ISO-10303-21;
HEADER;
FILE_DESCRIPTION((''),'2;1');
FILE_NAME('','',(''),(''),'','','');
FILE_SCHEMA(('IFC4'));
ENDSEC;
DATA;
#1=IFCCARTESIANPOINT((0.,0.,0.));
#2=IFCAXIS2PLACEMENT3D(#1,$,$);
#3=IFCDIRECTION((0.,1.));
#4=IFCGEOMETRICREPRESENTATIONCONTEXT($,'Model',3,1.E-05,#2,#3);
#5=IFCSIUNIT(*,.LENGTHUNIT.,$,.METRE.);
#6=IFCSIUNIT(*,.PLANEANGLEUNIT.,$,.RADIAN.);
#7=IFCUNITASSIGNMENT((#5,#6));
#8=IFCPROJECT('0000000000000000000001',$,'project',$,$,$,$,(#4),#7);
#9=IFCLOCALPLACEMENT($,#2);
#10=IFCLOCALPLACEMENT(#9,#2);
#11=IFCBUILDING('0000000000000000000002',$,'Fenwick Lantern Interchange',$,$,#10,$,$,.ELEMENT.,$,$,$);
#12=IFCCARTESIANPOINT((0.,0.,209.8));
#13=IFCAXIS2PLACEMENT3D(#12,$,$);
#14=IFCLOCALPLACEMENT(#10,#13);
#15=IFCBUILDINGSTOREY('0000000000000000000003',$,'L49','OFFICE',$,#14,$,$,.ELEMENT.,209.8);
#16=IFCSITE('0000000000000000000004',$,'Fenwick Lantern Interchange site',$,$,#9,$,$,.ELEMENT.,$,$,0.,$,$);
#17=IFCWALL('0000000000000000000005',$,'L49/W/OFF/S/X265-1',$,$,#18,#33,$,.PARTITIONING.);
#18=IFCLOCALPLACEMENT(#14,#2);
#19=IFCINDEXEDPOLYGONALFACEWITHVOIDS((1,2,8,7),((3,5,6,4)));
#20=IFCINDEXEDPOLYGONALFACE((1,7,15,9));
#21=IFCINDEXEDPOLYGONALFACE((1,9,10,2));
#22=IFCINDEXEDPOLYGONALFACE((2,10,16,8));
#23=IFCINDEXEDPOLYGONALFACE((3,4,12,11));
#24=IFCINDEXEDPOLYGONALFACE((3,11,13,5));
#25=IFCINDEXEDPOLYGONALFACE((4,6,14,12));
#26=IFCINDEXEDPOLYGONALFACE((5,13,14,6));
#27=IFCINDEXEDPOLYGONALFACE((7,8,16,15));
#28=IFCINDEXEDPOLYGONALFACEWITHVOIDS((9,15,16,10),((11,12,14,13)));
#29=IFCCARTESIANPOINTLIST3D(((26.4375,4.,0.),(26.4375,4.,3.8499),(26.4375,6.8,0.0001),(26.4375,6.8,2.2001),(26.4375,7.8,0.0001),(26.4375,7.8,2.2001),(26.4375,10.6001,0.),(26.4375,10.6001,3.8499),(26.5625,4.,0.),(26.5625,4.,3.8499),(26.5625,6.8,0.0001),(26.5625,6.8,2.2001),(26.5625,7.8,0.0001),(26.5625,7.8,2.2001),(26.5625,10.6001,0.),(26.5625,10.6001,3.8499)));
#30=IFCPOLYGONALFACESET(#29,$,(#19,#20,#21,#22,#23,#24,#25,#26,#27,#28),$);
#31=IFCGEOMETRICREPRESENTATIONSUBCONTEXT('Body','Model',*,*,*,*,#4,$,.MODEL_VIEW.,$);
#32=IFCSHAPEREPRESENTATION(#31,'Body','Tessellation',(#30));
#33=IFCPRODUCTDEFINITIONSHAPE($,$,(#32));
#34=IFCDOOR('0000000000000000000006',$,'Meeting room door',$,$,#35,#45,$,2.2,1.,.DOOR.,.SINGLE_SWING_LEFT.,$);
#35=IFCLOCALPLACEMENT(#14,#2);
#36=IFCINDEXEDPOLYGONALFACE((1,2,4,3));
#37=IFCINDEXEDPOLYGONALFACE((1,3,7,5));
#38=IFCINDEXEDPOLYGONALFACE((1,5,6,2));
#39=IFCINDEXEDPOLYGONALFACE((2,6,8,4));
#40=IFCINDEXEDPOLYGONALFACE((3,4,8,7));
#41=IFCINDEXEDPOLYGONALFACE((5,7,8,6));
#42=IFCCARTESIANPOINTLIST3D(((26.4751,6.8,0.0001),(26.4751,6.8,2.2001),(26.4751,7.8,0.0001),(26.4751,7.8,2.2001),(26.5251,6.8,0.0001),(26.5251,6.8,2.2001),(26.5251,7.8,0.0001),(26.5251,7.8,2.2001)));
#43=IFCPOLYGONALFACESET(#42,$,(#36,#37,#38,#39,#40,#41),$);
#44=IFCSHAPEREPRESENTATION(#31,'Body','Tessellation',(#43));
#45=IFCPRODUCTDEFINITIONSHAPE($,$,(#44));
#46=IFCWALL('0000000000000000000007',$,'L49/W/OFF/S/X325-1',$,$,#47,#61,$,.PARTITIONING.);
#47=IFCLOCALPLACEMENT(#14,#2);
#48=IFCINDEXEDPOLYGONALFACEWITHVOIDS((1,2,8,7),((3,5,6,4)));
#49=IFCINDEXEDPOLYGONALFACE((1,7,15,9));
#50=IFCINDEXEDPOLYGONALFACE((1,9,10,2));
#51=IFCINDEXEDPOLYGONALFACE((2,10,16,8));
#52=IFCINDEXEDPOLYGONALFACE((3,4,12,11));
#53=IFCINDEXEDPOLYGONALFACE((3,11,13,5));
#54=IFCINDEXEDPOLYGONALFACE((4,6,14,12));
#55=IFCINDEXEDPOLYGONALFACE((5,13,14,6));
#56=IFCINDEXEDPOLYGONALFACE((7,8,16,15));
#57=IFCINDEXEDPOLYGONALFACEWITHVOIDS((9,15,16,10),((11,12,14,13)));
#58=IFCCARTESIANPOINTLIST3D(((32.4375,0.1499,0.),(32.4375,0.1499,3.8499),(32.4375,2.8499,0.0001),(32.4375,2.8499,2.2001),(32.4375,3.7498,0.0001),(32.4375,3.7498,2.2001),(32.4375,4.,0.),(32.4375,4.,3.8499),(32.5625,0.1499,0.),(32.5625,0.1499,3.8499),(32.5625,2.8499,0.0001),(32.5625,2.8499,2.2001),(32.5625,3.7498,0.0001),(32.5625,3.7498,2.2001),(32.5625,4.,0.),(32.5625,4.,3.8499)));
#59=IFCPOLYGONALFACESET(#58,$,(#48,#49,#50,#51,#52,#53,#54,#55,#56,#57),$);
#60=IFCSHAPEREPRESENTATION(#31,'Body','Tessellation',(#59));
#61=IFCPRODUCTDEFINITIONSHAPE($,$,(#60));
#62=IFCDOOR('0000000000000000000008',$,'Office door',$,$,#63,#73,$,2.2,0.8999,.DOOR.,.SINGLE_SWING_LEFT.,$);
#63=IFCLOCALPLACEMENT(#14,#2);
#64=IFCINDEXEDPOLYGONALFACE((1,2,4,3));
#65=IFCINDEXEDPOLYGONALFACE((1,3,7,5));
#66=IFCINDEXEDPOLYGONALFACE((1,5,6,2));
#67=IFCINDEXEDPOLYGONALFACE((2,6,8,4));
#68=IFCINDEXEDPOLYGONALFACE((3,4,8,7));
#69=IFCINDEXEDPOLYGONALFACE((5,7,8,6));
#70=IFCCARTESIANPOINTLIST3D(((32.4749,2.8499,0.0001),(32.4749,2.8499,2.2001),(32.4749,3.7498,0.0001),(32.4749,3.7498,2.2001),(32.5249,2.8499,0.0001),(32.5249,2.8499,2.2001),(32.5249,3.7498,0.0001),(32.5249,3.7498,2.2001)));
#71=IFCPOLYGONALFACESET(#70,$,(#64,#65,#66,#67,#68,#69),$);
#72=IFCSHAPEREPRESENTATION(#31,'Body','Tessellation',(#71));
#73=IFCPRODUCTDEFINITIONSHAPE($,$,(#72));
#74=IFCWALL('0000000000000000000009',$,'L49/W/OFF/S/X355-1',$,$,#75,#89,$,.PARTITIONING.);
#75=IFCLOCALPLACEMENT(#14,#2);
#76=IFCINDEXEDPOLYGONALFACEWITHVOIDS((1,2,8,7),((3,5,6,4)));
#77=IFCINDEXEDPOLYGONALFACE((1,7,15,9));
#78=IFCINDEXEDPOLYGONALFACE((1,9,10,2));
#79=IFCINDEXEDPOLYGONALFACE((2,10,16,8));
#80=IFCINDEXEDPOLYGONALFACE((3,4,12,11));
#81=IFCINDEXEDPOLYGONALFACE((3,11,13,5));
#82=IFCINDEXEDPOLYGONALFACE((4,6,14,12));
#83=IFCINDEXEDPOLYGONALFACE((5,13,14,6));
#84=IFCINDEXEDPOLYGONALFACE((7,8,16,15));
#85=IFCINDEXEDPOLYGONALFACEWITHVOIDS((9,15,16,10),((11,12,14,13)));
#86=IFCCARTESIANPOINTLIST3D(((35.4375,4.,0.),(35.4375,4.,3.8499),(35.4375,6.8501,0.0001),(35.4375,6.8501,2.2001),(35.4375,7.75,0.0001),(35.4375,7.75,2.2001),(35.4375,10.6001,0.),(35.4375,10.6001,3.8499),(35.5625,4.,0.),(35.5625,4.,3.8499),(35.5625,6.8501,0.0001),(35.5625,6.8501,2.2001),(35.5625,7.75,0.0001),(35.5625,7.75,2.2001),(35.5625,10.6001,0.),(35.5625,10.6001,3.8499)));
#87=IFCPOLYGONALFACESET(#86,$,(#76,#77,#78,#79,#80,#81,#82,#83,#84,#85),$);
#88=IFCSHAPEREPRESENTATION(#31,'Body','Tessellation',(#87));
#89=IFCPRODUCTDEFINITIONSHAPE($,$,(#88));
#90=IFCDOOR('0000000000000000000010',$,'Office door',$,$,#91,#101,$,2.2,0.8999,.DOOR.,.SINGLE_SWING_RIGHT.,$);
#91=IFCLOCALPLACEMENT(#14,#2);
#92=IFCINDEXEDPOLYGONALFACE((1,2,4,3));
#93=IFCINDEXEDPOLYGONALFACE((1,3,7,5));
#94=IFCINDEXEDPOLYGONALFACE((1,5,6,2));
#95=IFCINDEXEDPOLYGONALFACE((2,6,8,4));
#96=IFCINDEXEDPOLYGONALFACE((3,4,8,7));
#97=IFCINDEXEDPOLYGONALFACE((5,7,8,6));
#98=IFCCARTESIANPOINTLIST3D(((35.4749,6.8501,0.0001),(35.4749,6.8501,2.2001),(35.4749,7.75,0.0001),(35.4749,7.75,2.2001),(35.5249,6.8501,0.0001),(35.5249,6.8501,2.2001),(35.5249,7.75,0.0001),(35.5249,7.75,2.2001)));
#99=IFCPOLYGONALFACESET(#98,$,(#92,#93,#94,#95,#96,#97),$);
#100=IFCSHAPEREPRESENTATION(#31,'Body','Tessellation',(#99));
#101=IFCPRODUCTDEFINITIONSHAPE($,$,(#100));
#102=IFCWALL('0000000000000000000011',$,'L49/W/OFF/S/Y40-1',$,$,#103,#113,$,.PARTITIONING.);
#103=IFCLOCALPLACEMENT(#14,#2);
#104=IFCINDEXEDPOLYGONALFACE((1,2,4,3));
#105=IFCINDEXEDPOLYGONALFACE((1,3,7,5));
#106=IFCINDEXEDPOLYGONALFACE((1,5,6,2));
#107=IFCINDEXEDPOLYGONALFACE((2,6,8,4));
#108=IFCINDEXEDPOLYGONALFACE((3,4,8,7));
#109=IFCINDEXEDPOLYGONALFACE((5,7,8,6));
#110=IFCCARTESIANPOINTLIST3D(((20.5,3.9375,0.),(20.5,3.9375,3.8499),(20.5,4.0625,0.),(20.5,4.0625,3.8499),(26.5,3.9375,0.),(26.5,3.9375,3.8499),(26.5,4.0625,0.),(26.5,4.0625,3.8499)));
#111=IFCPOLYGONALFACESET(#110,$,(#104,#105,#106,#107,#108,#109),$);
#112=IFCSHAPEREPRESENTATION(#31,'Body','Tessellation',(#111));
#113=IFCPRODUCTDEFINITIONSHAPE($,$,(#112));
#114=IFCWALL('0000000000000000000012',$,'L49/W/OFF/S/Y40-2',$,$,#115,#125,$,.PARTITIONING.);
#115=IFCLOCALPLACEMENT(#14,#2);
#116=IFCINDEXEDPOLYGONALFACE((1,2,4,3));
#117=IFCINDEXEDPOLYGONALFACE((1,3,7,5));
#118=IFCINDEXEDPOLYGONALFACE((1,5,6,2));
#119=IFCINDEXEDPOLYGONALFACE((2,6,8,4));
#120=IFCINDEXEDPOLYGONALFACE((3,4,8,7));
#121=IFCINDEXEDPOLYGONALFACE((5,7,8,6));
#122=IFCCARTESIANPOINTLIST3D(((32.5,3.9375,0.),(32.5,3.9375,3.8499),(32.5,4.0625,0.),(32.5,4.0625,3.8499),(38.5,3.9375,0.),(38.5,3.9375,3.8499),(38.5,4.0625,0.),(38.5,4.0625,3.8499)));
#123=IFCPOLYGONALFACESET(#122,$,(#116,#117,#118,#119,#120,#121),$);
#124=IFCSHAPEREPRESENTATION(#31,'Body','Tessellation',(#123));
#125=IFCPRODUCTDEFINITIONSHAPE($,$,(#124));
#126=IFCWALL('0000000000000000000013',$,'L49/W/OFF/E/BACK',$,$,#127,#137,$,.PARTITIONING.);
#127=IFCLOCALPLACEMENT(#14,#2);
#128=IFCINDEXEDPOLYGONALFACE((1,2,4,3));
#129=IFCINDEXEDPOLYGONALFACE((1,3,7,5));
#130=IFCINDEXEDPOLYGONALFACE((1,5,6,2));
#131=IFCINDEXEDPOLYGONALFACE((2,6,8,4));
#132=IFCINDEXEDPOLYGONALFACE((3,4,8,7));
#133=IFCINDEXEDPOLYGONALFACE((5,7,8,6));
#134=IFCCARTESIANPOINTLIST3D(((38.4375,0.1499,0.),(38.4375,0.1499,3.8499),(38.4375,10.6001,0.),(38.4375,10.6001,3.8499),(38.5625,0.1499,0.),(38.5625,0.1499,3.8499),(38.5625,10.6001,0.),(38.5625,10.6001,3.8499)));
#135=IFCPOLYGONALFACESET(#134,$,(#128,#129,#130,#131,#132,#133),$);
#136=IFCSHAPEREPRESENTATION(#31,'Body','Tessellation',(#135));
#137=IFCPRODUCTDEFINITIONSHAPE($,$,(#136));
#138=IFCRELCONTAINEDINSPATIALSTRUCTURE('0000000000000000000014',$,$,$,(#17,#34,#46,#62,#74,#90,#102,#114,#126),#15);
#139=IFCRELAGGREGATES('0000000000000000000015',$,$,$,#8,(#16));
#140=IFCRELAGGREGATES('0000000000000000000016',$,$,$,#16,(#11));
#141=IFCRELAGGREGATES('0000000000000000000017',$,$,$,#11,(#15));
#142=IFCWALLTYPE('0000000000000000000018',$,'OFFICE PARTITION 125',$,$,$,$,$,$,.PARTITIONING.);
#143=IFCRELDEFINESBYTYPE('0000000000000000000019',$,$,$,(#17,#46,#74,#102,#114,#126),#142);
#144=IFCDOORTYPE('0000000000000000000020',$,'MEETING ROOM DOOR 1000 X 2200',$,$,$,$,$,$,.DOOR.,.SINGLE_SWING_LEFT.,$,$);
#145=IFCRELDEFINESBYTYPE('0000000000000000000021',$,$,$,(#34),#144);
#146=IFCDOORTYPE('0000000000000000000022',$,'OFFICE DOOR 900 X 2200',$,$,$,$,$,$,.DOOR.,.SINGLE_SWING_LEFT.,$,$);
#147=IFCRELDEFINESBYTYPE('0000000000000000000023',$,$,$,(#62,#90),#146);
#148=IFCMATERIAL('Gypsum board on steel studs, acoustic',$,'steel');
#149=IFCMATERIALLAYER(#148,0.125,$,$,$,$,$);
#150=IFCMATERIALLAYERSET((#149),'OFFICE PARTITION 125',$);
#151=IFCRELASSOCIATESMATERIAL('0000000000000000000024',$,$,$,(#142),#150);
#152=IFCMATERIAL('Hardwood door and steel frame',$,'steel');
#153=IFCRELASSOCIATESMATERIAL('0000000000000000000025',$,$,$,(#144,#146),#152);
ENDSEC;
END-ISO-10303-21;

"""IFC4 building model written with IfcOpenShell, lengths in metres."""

from ifc_helpers import new_model, si_unit, direction, frame, frame_2d, origin, place, context, subcontext, project, spatial, rectangle, extrude, material, layer, layer_set, type_object, element, fill, save


model = new_model("IFC4")

# Units and contexts
model_context = context("Model", 3, precision=1e-05, world=origin(), true_north=direction((0.0, 1.0)))
body_context = subcontext(model_context, "Body", "Model", "MODEL_VIEW")
ifc_project = project(units=[si_unit("LENGTHUNIT", "METRE"), si_unit("PLANEANGLEUNIT", "RADIAN")], contexts=[model_context])

# Site, building, storey
site_placement = place(None, origin())
site = spatial("IfcSite", under=ifc_project, at=site_placement, Name="Fenwick Lantern Interchange site", CompositionType="ELEMENT", RefElevation=0.0)
building_placement = place(site_placement, origin())
building = spatial("IfcBuilding", under=site, at=building_placement, Name="Fenwick Lantern Interchange", CompositionType="ELEMENT")
storey_placement = place(building_placement, frame((0.0, 0.0, 209.8)))
storey = spatial("IfcBuildingStorey", under=building, at=storey_placement, Name="L49", Description="OFFICE", CompositionType="ELEMENT", Elevation=209.8)

# Shared definitions
ifc_material_1 = material(Name="Gypsum board on steel studs, acoustic", Category="steel")
ifc_layer_1 = layer(ifc_material_1, 0.125)
ifc_layer_set_1 = layer_set([ifc_layer_1], Name="OFFICE PARTITION 125")
wall_type_1 = type_object("IfcWallType", Name="OFFICE PARTITION 125", PredefinedType="PARTITIONING", material=ifc_layer_set_1)

# Walls, openings, doors
wall_1_placement = place(storey_placement, frame((26.5, 4.0, 0.0), z_axis=(0.0, 0.0, 1.0), x_axis=(0.0, 1.0, 0.0)))
wall_1 = element("IfcWall", 1, at=wall_1_placement, inside=storey, type_object=wall_type_1, Name="L49/W/OFF/S/X265-1", PredefinedType="PARTITIONING", context=body_context, shape_type="SweptSolid", body=[
    extrude(rectangle(XDim=6.6001, YDim=0.125, at=frame_2d((3.3, 0.0))), origin(), (0.0, 0.0, 1.0), 3.8499),
])
opening_1_placement = place(wall_1_placement, frame((2.8, 0.0, 0.0)))
opening_1 = element("IfcOpeningElement", 2, at=opening_1_placement, cuts=wall_1, PredefinedType="OPENING", context=body_context, shape_type="SweptSolid", body=[
    extrude(rectangle(XDim=1.0, YDim=2.2, at=frame_2d((0.5, 1.1001))), frame((0.0, 0.0725, 0.0), z_axis=(0.0, -1.0, 0.0), x_axis=(1.0, 0.0, 0.0)), (0.0, 0.0, 1.0), 0.145),
])
ifc_material_2 = material(Name="Hardwood door and steel frame", Category="steel")
door_type_1 = type_object("IfcDoorType", Name="MEETING ROOM DOOR 1000 X 2200", OperationType="SINGLE_SWING_LEFT", PredefinedType="DOOR", material=ifc_material_2)
door_1_placement = place(opening_1_placement, origin())
door_1 = element("IfcDoor", 3, at=door_1_placement, inside=storey, type_object=door_type_1, Name="Meeting room door", OperationType="SINGLE_SWING_LEFT", OverallHeight=2.2, OverallWidth=1.0, PredefinedType="DOOR", context=body_context, shape_type="SweptSolid", body=[
    extrude(rectangle(XDim=1.0, YDim=2.2, at=frame_2d((0.5, 1.1001))), frame((0.0, 0.0249, 0.0), z_axis=(0.0, -1.0, 0.0), x_axis=(1.0, 0.0, 0.0)), (0.0, 0.0, 1.0), 0.05),
])
fill(opening_1, door_1)
wall_2_placement = place(storey_placement, frame((32.5, 0.1499, 0.0), z_axis=(0.0, 0.0, 1.0), x_axis=(0.0, 1.0, 0.0)))
wall_2 = element("IfcWall", 4, at=wall_2_placement, inside=storey, type_object=wall_type_1, Name="L49/W/OFF/S/X325-1", PredefinedType="PARTITIONING", context=body_context, shape_type="SweptSolid", body=[
    extrude(rectangle(XDim=3.8501, YDim=0.125, at=frame_2d((1.925, 0.0))), origin(), (0.0, 0.0, 1.0), 3.8499),
])
opening_2_placement = place(wall_2_placement, frame((2.7, 0.0, 0.0)))
opening_2 = element("IfcOpeningElement", 5, at=opening_2_placement, cuts=wall_2, PredefinedType="OPENING", context=body_context, shape_type="SweptSolid", body=[
    extrude(rectangle(XDim=0.8999, YDim=2.2, at=frame_2d((0.45, 1.1001))), frame((0.0, 0.0725, 0.0), z_axis=(0.0, -1.0, 0.0), x_axis=(1.0, 0.0, 0.0)), (0.0, 0.0, 1.0), 0.145),
])
door_type_2 = type_object("IfcDoorType", Name="OFFICE DOOR 900 X 2200", OperationType="SINGLE_SWING_LEFT", PredefinedType="DOOR", material=ifc_material_2)
door_2_placement = place(opening_2_placement, frame((0.8999, 0.0, 0.0), z_axis=(0.0, 0.0, 1.0), x_axis=(-1.0, 0.0, 0.0)))
door_2 = element("IfcDoor", 6, at=door_2_placement, inside=storey, type_object=door_type_2, Name="Office door", OperationType="SINGLE_SWING_LEFT", OverallHeight=2.2, OverallWidth=0.8999, PredefinedType="DOOR", context=body_context, shape_type="SweptSolid", body=[
    extrude(rectangle(XDim=0.8999, YDim=2.2, at=frame_2d((0.45, 1.1001))), frame((0.0, 0.0249, 0.0), z_axis=(0.0, -1.0, 0.0), x_axis=(1.0, 0.0, 0.0)), (0.0, 0.0, 1.0), 0.05),
])
fill(opening_2, door_2)
wall_3_placement = place(storey_placement, frame((35.5, 4.0, 0.0), z_axis=(0.0, 0.0, 1.0), x_axis=(0.0, 1.0, 0.0)))
wall_3 = element("IfcWall", 7, at=wall_3_placement, inside=storey, type_object=wall_type_1, Name="L49/W/OFF/S/X355-1", PredefinedType="PARTITIONING", context=body_context, shape_type="SweptSolid", body=[
    extrude(rectangle(XDim=6.6001, YDim=0.125, at=frame_2d((3.3, 0.0))), origin(), (0.0, 0.0, 1.0), 3.8499),
])
opening_3_placement = place(wall_3_placement, frame((2.8501, 0.0, 0.0)))
opening_3 = element("IfcOpeningElement", 8, at=opening_3_placement, cuts=wall_3, PredefinedType="OPENING", context=body_context, shape_type="SweptSolid", body=[
    extrude(rectangle(XDim=0.8999, YDim=2.2, at=frame_2d((0.45, 1.1001))), frame((0.0, 0.0725, 0.0), z_axis=(0.0, -1.0, 0.0), x_axis=(1.0, 0.0, 0.0)), (0.0, 0.0, 1.0), 0.145),
])
door_3_placement = place(opening_3_placement, frame((0.8999, 0.0, 0.0), z_axis=(0.0, 0.0, 1.0), x_axis=(-1.0, 0.0, 0.0)))
door_3 = element("IfcDoor", 9, at=door_3_placement, inside=storey, type_object=door_type_2, Name="Office door", OperationType="SINGLE_SWING_RIGHT", OverallHeight=2.2, OverallWidth=0.8999, PredefinedType="DOOR", context=body_context, shape_type="SweptSolid", body=[
    extrude(rectangle(XDim=0.8999, YDim=2.2, at=frame_2d((0.45, 1.1001))), frame((0.0, 0.0249, 0.0), z_axis=(0.0, -1.0, 0.0), x_axis=(1.0, 0.0, 0.0)), (0.0, 0.0, 1.0), 0.05),
])
fill(opening_3, door_3)

# Walls
for number, where, z_axis, x_axis, name in (
    (10, (20.5, 4.0, 0.0), (0.0, 0.0, 1.0), (1.0, 0.0, 0.0), "L49/W/OFF/S/Y40-1"),
    (11, (32.5, 4.0, 0.0), (0.0, 0.0, 1.0), (1.0, 0.0, 0.0), "L49/W/OFF/S/Y40-2"),
):
    element("IfcWall", number, at=place(storey_placement, frame(where, z_axis=z_axis, x_axis=x_axis)), inside=storey, type_object=wall_type_1, Name=name, PredefinedType="PARTITIONING", context=body_context, shape_type="SweptSolid", body=[
        extrude(rectangle(XDim=6.0, YDim=0.125, at=frame_2d((3.0, 0.0))), origin(), (0.0, 0.0, 1.0), 3.8499),
    ])
wall_4_placement = place(storey_placement, frame((38.5, 0.1499, 0.0), z_axis=(0.0, 0.0, 1.0), x_axis=(0.0, 1.0, 0.0)))
element("IfcWall", 12, at=wall_4_placement, inside=storey, type_object=wall_type_1, Name="L49/W/OFF/E/BACK", PredefinedType="PARTITIONING", context=body_context, shape_type="SweptSolid", body=[
    extrude(rectangle(XDim=10.4502, YDim=0.125, at=frame_2d((5.2251, 0.0))), origin(), (0.0, 0.0, 1.0), 3.8499),
])

save(model, "model.ifc")
